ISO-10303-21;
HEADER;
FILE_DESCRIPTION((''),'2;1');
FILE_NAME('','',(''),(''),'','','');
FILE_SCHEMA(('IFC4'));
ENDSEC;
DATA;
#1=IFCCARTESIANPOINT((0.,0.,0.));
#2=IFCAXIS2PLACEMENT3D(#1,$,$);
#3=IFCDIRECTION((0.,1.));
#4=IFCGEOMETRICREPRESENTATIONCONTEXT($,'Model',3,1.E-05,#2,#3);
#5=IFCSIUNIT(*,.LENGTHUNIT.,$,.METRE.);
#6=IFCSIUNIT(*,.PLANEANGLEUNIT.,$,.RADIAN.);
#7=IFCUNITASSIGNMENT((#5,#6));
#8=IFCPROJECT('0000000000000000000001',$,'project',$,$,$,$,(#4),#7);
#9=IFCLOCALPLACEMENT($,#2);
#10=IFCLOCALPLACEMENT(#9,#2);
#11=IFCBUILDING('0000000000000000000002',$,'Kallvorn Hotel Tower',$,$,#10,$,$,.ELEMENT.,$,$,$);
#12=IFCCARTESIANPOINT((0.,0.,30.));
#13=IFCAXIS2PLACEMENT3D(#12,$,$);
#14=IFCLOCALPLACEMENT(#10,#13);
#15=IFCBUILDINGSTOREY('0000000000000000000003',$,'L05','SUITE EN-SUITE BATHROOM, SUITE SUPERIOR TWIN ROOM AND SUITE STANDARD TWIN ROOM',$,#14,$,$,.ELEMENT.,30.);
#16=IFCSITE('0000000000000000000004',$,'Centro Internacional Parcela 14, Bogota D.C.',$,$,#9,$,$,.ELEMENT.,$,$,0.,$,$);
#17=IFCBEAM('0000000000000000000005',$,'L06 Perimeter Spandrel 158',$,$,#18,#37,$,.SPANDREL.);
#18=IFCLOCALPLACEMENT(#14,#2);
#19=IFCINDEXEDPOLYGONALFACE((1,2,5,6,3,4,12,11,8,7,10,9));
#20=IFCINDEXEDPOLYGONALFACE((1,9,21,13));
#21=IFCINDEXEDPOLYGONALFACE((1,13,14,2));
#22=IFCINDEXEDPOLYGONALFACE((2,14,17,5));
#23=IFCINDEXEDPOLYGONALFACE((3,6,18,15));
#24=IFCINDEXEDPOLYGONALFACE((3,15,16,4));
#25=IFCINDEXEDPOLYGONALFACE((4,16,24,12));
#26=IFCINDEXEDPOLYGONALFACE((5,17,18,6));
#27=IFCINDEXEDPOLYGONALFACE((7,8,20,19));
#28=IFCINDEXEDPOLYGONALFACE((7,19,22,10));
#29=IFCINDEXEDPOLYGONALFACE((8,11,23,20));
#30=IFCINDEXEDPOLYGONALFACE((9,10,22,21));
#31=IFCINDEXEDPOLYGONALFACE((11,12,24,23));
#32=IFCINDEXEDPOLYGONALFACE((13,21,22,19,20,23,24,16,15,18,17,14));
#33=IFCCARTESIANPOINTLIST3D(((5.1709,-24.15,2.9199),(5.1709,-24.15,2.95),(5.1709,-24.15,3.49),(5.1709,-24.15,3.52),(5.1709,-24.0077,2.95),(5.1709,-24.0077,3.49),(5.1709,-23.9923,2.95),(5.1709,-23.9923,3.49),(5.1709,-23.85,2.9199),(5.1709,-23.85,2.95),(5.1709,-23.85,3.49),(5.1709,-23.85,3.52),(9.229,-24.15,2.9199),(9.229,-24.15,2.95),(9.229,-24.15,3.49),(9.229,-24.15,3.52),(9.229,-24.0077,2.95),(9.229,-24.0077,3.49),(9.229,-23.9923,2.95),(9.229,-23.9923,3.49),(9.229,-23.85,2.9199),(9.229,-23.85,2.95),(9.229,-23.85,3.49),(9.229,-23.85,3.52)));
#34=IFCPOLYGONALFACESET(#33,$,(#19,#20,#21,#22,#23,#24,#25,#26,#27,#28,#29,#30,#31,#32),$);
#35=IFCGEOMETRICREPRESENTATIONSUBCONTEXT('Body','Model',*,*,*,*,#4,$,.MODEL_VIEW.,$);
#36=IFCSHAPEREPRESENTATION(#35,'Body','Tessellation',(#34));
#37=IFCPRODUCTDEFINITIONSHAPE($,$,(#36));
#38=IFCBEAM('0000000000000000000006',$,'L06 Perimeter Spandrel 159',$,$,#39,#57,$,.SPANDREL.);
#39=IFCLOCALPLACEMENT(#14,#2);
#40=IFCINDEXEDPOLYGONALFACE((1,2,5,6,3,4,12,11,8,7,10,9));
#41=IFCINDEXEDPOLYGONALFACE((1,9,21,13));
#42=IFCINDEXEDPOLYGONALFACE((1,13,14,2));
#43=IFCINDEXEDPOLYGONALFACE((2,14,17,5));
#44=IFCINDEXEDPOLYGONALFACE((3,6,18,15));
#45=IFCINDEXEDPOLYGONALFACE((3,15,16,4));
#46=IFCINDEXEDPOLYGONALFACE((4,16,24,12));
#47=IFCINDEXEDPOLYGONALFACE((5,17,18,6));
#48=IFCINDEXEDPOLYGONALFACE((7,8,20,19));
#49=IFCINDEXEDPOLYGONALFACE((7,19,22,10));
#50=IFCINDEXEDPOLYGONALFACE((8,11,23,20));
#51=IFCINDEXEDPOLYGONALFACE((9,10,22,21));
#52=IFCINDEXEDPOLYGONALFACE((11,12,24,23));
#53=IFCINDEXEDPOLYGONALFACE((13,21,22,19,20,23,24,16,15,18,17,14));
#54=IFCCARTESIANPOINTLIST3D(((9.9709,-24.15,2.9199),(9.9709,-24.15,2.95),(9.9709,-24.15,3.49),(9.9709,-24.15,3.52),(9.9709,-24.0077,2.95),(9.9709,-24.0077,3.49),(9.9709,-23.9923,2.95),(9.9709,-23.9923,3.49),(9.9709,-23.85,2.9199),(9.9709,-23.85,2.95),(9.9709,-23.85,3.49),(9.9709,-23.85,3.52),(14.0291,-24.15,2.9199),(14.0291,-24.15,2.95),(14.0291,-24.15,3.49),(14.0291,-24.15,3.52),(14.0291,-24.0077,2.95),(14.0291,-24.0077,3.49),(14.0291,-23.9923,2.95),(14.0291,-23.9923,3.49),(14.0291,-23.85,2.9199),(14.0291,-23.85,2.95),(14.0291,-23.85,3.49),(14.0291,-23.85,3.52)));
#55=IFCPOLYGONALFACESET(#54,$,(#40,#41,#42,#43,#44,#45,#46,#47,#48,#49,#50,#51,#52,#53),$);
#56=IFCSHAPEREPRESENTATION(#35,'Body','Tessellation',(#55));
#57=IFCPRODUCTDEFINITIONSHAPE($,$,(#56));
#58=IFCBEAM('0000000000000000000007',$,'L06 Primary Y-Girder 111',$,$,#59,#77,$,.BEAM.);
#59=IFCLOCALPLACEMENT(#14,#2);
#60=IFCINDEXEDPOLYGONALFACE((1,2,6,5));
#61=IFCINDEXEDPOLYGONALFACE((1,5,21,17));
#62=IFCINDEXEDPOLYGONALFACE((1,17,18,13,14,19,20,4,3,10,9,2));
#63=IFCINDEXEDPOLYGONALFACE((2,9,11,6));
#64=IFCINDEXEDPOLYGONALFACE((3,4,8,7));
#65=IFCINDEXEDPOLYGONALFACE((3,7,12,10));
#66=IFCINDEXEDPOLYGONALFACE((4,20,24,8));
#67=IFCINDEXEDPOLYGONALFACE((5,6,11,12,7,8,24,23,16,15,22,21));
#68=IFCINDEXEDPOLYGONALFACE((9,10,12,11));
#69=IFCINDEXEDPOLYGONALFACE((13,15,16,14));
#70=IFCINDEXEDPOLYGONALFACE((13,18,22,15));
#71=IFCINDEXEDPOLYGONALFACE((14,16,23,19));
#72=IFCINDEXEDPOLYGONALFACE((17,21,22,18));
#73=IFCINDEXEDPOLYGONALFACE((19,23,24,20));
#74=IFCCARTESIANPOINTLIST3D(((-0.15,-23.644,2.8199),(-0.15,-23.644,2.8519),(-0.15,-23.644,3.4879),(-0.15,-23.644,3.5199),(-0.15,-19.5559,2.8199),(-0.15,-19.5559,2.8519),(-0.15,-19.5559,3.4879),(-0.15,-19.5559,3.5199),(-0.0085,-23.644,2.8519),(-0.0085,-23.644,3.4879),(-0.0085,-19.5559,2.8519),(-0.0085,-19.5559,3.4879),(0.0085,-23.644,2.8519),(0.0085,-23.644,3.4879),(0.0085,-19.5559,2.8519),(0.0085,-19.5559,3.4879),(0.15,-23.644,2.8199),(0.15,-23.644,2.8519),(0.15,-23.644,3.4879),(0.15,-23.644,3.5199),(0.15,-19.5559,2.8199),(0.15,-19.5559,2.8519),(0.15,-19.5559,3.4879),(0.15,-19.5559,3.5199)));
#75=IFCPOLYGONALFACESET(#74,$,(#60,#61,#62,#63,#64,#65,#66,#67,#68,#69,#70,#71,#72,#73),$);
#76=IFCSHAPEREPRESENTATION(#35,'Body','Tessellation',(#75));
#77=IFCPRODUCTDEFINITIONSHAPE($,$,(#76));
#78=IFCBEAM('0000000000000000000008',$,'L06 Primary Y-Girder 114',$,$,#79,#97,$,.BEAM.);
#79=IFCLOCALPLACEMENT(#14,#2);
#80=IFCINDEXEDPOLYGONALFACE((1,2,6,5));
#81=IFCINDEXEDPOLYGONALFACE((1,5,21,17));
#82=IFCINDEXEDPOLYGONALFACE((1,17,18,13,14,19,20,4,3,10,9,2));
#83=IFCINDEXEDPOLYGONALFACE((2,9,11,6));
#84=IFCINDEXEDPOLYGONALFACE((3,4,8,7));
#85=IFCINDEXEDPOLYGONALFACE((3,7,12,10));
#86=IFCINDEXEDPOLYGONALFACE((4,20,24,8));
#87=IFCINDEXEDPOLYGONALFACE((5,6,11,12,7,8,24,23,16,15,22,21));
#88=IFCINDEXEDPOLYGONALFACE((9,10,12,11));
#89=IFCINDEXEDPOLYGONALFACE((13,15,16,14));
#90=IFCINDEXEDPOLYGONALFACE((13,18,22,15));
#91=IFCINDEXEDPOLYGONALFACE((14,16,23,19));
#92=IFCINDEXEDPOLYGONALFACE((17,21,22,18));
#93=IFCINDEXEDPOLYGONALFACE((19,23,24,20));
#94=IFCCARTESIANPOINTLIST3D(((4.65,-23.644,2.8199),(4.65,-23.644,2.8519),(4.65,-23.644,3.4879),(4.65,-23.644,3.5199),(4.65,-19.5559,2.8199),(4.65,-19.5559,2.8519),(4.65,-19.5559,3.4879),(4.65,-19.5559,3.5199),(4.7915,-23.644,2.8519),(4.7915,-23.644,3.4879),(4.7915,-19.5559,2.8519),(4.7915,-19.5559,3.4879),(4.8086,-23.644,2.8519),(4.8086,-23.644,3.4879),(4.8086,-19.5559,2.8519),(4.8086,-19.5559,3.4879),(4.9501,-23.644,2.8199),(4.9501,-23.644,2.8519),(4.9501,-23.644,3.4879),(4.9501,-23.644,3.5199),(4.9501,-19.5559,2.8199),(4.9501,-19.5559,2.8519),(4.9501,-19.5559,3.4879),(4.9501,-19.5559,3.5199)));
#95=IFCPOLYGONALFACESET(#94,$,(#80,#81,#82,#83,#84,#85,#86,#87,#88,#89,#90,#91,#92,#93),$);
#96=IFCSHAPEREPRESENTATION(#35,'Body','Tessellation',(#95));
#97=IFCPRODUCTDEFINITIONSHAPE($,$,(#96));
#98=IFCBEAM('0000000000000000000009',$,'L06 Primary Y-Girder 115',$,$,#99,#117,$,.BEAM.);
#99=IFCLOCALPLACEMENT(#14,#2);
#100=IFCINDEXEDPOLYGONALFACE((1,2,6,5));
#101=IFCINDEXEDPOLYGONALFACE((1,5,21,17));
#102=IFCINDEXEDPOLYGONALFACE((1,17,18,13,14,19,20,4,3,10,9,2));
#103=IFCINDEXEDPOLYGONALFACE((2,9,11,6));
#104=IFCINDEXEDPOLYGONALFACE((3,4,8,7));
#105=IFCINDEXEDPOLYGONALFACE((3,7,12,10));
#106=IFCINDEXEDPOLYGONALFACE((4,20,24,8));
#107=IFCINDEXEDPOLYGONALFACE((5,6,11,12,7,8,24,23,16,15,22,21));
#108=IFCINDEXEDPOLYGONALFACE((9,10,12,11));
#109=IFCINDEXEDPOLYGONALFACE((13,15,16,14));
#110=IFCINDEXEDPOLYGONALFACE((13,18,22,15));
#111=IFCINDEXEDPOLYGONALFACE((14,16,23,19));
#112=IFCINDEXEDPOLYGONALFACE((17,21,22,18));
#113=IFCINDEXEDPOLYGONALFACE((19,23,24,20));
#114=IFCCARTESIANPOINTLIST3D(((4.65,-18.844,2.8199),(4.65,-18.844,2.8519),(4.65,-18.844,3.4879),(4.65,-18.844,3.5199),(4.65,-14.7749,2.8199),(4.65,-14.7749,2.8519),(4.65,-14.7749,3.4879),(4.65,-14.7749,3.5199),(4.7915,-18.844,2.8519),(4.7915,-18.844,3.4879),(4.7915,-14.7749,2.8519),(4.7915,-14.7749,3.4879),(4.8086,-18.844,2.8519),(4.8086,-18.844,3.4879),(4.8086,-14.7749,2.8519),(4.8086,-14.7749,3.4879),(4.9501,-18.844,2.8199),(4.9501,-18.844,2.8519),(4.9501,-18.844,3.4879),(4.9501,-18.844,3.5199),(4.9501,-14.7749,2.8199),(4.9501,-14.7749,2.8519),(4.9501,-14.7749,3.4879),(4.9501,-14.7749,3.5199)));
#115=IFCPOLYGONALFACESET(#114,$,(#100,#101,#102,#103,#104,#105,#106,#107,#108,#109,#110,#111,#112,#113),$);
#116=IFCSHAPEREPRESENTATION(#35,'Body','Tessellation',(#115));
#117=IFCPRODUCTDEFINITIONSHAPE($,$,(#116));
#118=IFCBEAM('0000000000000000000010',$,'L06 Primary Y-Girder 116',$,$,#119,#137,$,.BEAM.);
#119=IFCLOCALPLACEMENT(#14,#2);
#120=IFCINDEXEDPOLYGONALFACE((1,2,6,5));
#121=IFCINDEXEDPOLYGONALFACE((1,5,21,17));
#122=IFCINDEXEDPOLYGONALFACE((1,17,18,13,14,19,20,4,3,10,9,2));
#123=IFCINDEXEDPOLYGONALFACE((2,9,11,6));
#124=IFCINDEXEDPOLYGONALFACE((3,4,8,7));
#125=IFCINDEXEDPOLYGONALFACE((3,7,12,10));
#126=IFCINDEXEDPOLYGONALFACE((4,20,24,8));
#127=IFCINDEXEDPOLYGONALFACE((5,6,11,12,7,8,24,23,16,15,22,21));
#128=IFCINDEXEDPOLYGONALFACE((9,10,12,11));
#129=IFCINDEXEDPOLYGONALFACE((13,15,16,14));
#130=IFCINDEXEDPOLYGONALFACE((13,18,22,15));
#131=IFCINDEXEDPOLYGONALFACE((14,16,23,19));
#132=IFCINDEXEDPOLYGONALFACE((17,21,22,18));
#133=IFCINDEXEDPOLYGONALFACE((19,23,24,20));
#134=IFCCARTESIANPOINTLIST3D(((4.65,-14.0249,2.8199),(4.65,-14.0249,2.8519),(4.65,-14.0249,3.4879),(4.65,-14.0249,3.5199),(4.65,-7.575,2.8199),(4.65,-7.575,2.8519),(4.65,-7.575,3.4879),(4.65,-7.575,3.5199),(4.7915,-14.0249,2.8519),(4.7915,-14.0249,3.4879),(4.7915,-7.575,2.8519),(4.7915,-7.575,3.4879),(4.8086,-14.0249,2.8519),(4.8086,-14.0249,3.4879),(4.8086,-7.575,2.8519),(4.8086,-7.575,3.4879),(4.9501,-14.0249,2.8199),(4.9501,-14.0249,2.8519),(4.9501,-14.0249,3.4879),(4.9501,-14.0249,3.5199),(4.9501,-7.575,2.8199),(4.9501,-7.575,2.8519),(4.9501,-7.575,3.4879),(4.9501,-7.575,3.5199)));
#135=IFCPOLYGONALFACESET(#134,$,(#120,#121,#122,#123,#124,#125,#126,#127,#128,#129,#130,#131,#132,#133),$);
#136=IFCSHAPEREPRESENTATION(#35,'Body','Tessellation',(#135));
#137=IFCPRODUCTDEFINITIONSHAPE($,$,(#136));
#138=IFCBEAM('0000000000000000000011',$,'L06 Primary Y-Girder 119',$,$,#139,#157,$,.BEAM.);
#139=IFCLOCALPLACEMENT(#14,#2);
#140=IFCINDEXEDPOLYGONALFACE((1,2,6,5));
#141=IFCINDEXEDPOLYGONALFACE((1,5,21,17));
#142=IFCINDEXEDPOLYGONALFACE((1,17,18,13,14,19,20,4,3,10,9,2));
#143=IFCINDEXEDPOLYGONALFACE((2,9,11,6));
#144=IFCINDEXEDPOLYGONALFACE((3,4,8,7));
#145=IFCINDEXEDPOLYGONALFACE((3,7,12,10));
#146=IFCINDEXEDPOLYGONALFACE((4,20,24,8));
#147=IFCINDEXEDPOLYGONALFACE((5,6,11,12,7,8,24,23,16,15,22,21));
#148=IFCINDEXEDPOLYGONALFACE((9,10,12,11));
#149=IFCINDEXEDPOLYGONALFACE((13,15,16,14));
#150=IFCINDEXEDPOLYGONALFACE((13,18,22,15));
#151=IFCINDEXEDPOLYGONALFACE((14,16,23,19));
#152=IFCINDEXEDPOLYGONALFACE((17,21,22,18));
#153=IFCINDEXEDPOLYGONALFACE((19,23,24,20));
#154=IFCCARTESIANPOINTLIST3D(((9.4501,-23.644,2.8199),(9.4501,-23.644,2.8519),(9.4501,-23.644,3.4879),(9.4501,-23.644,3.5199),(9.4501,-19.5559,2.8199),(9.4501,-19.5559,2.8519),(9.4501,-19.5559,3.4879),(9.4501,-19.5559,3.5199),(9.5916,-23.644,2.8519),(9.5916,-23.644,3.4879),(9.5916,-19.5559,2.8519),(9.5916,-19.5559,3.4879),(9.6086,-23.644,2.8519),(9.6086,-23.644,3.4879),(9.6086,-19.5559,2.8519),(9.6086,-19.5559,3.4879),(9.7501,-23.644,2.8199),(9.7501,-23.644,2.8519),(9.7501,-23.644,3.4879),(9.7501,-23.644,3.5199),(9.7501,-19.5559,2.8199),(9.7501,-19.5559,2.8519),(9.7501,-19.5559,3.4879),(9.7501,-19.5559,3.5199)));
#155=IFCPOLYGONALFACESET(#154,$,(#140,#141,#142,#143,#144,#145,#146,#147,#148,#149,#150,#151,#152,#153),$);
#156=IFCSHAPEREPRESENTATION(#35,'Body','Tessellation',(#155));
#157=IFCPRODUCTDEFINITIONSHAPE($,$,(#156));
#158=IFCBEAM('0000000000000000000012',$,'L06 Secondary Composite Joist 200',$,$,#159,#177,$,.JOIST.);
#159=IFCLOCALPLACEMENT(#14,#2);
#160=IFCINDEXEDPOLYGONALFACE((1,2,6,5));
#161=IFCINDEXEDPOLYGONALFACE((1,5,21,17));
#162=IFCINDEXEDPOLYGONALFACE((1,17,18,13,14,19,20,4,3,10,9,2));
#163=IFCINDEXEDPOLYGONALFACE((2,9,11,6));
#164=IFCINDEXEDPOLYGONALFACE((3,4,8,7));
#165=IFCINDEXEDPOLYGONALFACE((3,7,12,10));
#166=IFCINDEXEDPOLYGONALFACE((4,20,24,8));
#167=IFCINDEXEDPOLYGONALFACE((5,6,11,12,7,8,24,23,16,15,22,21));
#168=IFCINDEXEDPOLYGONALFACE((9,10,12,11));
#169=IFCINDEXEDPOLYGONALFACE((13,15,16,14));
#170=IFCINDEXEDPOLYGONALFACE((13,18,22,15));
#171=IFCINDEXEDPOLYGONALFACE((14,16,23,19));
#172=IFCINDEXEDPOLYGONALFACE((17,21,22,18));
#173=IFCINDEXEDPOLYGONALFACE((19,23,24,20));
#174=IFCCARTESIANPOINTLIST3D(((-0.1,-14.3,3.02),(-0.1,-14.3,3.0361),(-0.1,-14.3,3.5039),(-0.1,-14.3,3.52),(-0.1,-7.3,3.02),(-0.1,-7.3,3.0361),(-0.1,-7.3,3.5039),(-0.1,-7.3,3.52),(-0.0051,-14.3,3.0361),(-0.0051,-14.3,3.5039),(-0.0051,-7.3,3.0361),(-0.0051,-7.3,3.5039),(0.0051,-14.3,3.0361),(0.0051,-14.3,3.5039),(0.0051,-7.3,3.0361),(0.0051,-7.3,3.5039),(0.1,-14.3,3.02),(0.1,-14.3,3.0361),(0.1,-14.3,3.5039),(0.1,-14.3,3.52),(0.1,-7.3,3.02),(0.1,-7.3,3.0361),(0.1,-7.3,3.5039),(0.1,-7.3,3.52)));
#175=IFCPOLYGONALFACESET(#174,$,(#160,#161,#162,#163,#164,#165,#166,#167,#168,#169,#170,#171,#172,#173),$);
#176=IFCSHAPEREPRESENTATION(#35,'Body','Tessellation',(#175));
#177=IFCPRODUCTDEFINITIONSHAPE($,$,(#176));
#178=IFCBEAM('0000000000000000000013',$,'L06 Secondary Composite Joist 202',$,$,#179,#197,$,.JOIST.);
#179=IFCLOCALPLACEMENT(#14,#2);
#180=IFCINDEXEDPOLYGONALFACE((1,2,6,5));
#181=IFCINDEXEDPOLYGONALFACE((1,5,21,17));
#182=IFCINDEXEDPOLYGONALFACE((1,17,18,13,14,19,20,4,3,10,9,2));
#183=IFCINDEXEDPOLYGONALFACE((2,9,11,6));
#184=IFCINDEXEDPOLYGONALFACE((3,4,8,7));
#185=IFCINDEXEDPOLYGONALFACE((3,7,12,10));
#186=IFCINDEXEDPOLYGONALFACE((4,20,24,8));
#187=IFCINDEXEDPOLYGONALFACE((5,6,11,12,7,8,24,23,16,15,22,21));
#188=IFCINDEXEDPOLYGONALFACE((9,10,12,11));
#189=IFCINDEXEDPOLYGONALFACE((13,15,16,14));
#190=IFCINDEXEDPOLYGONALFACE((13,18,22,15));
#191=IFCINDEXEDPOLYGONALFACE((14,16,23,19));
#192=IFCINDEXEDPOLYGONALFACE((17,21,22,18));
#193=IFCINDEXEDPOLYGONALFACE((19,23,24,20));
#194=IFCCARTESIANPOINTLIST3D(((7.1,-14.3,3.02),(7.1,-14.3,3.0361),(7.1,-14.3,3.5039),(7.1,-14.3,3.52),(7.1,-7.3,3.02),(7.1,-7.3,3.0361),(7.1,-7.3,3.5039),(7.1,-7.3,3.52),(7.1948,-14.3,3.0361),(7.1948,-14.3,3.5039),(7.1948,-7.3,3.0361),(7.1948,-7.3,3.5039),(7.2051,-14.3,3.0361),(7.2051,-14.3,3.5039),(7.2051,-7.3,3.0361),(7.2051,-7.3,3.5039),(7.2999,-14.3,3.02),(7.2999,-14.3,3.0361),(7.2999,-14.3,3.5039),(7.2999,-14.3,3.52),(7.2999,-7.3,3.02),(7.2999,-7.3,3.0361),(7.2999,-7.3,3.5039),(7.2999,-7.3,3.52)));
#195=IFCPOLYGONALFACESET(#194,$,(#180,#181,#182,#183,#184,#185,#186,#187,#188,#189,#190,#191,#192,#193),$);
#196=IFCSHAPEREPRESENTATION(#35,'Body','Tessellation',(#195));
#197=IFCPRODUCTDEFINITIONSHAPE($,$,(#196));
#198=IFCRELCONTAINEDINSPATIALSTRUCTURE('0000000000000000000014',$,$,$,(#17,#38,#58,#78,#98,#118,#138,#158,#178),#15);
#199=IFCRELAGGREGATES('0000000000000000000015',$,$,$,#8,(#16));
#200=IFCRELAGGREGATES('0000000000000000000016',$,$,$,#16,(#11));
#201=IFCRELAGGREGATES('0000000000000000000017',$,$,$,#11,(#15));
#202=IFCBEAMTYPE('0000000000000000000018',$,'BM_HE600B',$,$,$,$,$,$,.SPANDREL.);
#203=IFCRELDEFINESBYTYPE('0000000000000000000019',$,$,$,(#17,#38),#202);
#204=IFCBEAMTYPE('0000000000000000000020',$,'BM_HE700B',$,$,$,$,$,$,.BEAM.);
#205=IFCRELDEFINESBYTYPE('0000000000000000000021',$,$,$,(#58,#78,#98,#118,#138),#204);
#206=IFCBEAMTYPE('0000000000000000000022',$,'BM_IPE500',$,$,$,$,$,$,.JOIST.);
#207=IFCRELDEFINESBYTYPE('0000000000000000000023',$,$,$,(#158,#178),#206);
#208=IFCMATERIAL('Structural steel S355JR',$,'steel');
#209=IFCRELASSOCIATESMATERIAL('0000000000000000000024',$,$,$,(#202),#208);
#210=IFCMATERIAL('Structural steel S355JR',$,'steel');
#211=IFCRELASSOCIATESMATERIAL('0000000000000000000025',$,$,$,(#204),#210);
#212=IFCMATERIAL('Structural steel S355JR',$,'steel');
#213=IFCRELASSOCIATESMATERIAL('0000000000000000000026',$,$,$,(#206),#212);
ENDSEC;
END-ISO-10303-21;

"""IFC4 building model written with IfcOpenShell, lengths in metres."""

from ifc_helpers import new_model, si_unit, direction, frame, origin, origin_2d, place, context, subcontext, project, spatial, i_section, extrude, material, material_profile, profile_set, type_object, element, save


model = new_model("IFC4")

# Units and contexts
model_context = context("Model", 3, precision=1e-05, world=origin(), true_north=direction((0.0, 1.0)))
body_context = subcontext(model_context, "Body", "Model", "MODEL_VIEW")
ifc_project = project(units=[si_unit("LENGTHUNIT", "METRE"), si_unit("PLANEANGLEUNIT", "RADIAN")], contexts=[model_context])

# Site, building, storey
site_placement = place(None, origin())
site = spatial("IfcSite", under=ifc_project, at=site_placement, Name="Centro Internacional Parcela 14, Bogota D.C.", CompositionType="ELEMENT", RefElevation=0.0)
building_placement = place(site_placement, origin())
building = spatial("IfcBuilding", under=site, at=building_placement, Name="Kallvorn Hotel Tower", CompositionType="ELEMENT")
storey_placement = place(building_placement, frame((0.0, 0.0, 30.0)))
storey = spatial("IfcBuildingStorey", under=building, at=storey_placement, Name="L05", Description="SUITE EN-SUITE BATHROOM, SUITE SUPERIOR TWIN ROOM AND SUITE STANDARD TWIN ROOM", CompositionType="ELEMENT", Elevation=30.0)

# Beams
ifc_material_1 = material(Name="Structural steel S355JR", Category="steel")
ifc_material_profile_1 = material_profile(ifc_material_1, i_section(OverallWidth=0.3, OverallDepth=0.6001, WebThickness=0.0154, FlangeThickness=0.03, at=origin_2d()), Name="HE 600 B")
ifc_profile_set_1 = profile_set([ifc_material_profile_1], Name="Structural steel S355JR")
beam_type_1 = type_object("IfcBeamType", Name="BM_HE600B", PredefinedType="SPANDREL", material=ifc_profile_set_1)
for number, where, z_axis, x_axis, name in (
    (1, (5.1709, -24.0, 3.22), (1.0, 0.0, 0.0), (0.0, 1.0, 0.0), "L06 Perimeter Spandrel 158"),
    (2, (9.9709, -24.0, 3.22), (1.0, 0.0, 0.0), (0.0, 1.0, 0.0), "L06 Perimeter Spandrel 159"),
):
    element("IfcBeam", number, at=place(storey_placement, frame(where, z_axis=z_axis, x_axis=x_axis)), inside=storey, type_object=beam_type_1, Name=name, PredefinedType="SPANDREL", context=body_context, shape_type="SweptSolid", body=[
        extrude(i_section(OverallWidth=0.3, OverallDepth=0.6001, WebThickness=0.0154, FlangeThickness=0.03, at=origin_2d()), origin(), (0.0, 0.0, 1.0), 4.0581),
    ])
ifc_material_2 = material(Name="Structural steel S355JR", Category="steel")
ifc_material_profile_2 = material_profile(ifc_material_2, i_section(OverallWidth=0.3, OverallDepth=0.7, WebThickness=0.0171, FlangeThickness=0.032, at=origin_2d()), Name="HE 700 B")
ifc_profile_set_2 = profile_set([ifc_material_profile_2], Name="Structural steel S355JR")
beam_type_2 = type_object("IfcBeamType", Name="BM_HE700B", PredefinedType="BEAM", material=ifc_profile_set_2)
for number, where, z_axis, x_axis, name in (
    (3, (0.0, -23.644, 3.1699), (0.0, 1.0, 0.0), (-1.0, 0.0, 0.0), "L06 Primary Y-Girder 111"),
    (4, (4.8, -23.644, 3.1699), (0.0, 1.0, 0.0), (-1.0, 0.0, 0.0), "L06 Primary Y-Girder 114"),
):
    element("IfcBeam", number, at=place(storey_placement, frame(where, z_axis=z_axis, x_axis=x_axis)), inside=storey, type_object=beam_type_2, Name=name, PredefinedType="BEAM", context=body_context, shape_type="SweptSolid", body=[
        extrude(i_section(OverallWidth=0.3, OverallDepth=0.7, WebThickness=0.0171, FlangeThickness=0.032, at=origin_2d()), origin(), (0.0, 0.0, 1.0), 4.0881),
    ])
beam_1_placement = place(storey_placement, frame((4.8, -18.844, 3.1699), z_axis=(0.0, 1.0, 0.0), x_axis=(-1.0, 0.0, 0.0)))
element("IfcBeam", 5, at=beam_1_placement, inside=storey, type_object=beam_type_2, Name="L06 Primary Y-Girder 115", PredefinedType="BEAM", context=body_context, shape_type="SweptSolid", body=[
    extrude(i_section(OverallWidth=0.3, OverallDepth=0.7, WebThickness=0.0171, FlangeThickness=0.032, at=origin_2d()), origin(), (0.0, 0.0, 1.0), 4.0691),
])
beam_2_placement = place(storey_placement, frame((4.8, -14.0249, 3.1699), z_axis=(0.0, 1.0, 0.0), x_axis=(-1.0, 0.0, 0.0)))
element("IfcBeam", 6, at=beam_2_placement, inside=storey, type_object=beam_type_2, Name="L06 Primary Y-Girder 116", PredefinedType="BEAM", context=body_context, shape_type="SweptSolid", body=[
    extrude(i_section(OverallWidth=0.3, OverallDepth=0.7, WebThickness=0.0171, FlangeThickness=0.032, at=origin_2d()), origin(), (0.0, 0.0, 1.0), 6.45),
])
beam_3_placement = place(storey_placement, frame((9.6001, -23.644, 3.1699), z_axis=(0.0, 1.0, 0.0), x_axis=(-1.0, 0.0, 0.0)))
element("IfcBeam", 7, at=beam_3_placement, inside=storey, type_object=beam_type_2, Name="L06 Primary Y-Girder 119", PredefinedType="BEAM", context=body_context, shape_type="SweptSolid", body=[
    extrude(i_section(OverallWidth=0.3, OverallDepth=0.7, WebThickness=0.0171, FlangeThickness=0.032, at=origin_2d()), origin(), (0.0, 0.0, 1.0), 4.0881),
])
ifc_material_3 = material(Name="Structural steel S355JR", Category="steel")
ifc_material_profile_3 = material_profile(ifc_material_3, i_section(OverallWidth=0.2, OverallDepth=0.5, WebThickness=0.0103, FlangeThickness=0.0161, at=origin_2d()), Name="IPE 500")
ifc_profile_set_3 = profile_set([ifc_material_profile_3], Name="Structural steel S355JR")
beam_type_3 = type_object("IfcBeamType", Name="BM_IPE500", PredefinedType="JOIST", material=ifc_profile_set_3)
for number, where, z_axis, x_axis, name in (
    (8, (0.0, -14.3, 3.27), (0.0, 1.0, 0.0), (-1.0, 0.0, 0.0), "L06 Secondary Composite Joist 200"),
    (9, (7.2, -14.3, 3.27), (0.0, 1.0, 0.0), (-1.0, 0.0, 0.0), "L06 Secondary Composite Joist 202"),
):
    element("IfcBeam", number, at=place(storey_placement, frame(where, z_axis=z_axis, x_axis=x_axis)), inside=storey, type_object=beam_type_3, Name=name, PredefinedType="JOIST", context=body_context, shape_type="SweptSolid", body=[
        extrude(i_section(OverallWidth=0.2, OverallDepth=0.5, WebThickness=0.0103, FlangeThickness=0.0161, at=origin_2d()), origin(), (0.0, 0.0, 1.0), 7.0),
    ])

save(model, "model.ifc")
